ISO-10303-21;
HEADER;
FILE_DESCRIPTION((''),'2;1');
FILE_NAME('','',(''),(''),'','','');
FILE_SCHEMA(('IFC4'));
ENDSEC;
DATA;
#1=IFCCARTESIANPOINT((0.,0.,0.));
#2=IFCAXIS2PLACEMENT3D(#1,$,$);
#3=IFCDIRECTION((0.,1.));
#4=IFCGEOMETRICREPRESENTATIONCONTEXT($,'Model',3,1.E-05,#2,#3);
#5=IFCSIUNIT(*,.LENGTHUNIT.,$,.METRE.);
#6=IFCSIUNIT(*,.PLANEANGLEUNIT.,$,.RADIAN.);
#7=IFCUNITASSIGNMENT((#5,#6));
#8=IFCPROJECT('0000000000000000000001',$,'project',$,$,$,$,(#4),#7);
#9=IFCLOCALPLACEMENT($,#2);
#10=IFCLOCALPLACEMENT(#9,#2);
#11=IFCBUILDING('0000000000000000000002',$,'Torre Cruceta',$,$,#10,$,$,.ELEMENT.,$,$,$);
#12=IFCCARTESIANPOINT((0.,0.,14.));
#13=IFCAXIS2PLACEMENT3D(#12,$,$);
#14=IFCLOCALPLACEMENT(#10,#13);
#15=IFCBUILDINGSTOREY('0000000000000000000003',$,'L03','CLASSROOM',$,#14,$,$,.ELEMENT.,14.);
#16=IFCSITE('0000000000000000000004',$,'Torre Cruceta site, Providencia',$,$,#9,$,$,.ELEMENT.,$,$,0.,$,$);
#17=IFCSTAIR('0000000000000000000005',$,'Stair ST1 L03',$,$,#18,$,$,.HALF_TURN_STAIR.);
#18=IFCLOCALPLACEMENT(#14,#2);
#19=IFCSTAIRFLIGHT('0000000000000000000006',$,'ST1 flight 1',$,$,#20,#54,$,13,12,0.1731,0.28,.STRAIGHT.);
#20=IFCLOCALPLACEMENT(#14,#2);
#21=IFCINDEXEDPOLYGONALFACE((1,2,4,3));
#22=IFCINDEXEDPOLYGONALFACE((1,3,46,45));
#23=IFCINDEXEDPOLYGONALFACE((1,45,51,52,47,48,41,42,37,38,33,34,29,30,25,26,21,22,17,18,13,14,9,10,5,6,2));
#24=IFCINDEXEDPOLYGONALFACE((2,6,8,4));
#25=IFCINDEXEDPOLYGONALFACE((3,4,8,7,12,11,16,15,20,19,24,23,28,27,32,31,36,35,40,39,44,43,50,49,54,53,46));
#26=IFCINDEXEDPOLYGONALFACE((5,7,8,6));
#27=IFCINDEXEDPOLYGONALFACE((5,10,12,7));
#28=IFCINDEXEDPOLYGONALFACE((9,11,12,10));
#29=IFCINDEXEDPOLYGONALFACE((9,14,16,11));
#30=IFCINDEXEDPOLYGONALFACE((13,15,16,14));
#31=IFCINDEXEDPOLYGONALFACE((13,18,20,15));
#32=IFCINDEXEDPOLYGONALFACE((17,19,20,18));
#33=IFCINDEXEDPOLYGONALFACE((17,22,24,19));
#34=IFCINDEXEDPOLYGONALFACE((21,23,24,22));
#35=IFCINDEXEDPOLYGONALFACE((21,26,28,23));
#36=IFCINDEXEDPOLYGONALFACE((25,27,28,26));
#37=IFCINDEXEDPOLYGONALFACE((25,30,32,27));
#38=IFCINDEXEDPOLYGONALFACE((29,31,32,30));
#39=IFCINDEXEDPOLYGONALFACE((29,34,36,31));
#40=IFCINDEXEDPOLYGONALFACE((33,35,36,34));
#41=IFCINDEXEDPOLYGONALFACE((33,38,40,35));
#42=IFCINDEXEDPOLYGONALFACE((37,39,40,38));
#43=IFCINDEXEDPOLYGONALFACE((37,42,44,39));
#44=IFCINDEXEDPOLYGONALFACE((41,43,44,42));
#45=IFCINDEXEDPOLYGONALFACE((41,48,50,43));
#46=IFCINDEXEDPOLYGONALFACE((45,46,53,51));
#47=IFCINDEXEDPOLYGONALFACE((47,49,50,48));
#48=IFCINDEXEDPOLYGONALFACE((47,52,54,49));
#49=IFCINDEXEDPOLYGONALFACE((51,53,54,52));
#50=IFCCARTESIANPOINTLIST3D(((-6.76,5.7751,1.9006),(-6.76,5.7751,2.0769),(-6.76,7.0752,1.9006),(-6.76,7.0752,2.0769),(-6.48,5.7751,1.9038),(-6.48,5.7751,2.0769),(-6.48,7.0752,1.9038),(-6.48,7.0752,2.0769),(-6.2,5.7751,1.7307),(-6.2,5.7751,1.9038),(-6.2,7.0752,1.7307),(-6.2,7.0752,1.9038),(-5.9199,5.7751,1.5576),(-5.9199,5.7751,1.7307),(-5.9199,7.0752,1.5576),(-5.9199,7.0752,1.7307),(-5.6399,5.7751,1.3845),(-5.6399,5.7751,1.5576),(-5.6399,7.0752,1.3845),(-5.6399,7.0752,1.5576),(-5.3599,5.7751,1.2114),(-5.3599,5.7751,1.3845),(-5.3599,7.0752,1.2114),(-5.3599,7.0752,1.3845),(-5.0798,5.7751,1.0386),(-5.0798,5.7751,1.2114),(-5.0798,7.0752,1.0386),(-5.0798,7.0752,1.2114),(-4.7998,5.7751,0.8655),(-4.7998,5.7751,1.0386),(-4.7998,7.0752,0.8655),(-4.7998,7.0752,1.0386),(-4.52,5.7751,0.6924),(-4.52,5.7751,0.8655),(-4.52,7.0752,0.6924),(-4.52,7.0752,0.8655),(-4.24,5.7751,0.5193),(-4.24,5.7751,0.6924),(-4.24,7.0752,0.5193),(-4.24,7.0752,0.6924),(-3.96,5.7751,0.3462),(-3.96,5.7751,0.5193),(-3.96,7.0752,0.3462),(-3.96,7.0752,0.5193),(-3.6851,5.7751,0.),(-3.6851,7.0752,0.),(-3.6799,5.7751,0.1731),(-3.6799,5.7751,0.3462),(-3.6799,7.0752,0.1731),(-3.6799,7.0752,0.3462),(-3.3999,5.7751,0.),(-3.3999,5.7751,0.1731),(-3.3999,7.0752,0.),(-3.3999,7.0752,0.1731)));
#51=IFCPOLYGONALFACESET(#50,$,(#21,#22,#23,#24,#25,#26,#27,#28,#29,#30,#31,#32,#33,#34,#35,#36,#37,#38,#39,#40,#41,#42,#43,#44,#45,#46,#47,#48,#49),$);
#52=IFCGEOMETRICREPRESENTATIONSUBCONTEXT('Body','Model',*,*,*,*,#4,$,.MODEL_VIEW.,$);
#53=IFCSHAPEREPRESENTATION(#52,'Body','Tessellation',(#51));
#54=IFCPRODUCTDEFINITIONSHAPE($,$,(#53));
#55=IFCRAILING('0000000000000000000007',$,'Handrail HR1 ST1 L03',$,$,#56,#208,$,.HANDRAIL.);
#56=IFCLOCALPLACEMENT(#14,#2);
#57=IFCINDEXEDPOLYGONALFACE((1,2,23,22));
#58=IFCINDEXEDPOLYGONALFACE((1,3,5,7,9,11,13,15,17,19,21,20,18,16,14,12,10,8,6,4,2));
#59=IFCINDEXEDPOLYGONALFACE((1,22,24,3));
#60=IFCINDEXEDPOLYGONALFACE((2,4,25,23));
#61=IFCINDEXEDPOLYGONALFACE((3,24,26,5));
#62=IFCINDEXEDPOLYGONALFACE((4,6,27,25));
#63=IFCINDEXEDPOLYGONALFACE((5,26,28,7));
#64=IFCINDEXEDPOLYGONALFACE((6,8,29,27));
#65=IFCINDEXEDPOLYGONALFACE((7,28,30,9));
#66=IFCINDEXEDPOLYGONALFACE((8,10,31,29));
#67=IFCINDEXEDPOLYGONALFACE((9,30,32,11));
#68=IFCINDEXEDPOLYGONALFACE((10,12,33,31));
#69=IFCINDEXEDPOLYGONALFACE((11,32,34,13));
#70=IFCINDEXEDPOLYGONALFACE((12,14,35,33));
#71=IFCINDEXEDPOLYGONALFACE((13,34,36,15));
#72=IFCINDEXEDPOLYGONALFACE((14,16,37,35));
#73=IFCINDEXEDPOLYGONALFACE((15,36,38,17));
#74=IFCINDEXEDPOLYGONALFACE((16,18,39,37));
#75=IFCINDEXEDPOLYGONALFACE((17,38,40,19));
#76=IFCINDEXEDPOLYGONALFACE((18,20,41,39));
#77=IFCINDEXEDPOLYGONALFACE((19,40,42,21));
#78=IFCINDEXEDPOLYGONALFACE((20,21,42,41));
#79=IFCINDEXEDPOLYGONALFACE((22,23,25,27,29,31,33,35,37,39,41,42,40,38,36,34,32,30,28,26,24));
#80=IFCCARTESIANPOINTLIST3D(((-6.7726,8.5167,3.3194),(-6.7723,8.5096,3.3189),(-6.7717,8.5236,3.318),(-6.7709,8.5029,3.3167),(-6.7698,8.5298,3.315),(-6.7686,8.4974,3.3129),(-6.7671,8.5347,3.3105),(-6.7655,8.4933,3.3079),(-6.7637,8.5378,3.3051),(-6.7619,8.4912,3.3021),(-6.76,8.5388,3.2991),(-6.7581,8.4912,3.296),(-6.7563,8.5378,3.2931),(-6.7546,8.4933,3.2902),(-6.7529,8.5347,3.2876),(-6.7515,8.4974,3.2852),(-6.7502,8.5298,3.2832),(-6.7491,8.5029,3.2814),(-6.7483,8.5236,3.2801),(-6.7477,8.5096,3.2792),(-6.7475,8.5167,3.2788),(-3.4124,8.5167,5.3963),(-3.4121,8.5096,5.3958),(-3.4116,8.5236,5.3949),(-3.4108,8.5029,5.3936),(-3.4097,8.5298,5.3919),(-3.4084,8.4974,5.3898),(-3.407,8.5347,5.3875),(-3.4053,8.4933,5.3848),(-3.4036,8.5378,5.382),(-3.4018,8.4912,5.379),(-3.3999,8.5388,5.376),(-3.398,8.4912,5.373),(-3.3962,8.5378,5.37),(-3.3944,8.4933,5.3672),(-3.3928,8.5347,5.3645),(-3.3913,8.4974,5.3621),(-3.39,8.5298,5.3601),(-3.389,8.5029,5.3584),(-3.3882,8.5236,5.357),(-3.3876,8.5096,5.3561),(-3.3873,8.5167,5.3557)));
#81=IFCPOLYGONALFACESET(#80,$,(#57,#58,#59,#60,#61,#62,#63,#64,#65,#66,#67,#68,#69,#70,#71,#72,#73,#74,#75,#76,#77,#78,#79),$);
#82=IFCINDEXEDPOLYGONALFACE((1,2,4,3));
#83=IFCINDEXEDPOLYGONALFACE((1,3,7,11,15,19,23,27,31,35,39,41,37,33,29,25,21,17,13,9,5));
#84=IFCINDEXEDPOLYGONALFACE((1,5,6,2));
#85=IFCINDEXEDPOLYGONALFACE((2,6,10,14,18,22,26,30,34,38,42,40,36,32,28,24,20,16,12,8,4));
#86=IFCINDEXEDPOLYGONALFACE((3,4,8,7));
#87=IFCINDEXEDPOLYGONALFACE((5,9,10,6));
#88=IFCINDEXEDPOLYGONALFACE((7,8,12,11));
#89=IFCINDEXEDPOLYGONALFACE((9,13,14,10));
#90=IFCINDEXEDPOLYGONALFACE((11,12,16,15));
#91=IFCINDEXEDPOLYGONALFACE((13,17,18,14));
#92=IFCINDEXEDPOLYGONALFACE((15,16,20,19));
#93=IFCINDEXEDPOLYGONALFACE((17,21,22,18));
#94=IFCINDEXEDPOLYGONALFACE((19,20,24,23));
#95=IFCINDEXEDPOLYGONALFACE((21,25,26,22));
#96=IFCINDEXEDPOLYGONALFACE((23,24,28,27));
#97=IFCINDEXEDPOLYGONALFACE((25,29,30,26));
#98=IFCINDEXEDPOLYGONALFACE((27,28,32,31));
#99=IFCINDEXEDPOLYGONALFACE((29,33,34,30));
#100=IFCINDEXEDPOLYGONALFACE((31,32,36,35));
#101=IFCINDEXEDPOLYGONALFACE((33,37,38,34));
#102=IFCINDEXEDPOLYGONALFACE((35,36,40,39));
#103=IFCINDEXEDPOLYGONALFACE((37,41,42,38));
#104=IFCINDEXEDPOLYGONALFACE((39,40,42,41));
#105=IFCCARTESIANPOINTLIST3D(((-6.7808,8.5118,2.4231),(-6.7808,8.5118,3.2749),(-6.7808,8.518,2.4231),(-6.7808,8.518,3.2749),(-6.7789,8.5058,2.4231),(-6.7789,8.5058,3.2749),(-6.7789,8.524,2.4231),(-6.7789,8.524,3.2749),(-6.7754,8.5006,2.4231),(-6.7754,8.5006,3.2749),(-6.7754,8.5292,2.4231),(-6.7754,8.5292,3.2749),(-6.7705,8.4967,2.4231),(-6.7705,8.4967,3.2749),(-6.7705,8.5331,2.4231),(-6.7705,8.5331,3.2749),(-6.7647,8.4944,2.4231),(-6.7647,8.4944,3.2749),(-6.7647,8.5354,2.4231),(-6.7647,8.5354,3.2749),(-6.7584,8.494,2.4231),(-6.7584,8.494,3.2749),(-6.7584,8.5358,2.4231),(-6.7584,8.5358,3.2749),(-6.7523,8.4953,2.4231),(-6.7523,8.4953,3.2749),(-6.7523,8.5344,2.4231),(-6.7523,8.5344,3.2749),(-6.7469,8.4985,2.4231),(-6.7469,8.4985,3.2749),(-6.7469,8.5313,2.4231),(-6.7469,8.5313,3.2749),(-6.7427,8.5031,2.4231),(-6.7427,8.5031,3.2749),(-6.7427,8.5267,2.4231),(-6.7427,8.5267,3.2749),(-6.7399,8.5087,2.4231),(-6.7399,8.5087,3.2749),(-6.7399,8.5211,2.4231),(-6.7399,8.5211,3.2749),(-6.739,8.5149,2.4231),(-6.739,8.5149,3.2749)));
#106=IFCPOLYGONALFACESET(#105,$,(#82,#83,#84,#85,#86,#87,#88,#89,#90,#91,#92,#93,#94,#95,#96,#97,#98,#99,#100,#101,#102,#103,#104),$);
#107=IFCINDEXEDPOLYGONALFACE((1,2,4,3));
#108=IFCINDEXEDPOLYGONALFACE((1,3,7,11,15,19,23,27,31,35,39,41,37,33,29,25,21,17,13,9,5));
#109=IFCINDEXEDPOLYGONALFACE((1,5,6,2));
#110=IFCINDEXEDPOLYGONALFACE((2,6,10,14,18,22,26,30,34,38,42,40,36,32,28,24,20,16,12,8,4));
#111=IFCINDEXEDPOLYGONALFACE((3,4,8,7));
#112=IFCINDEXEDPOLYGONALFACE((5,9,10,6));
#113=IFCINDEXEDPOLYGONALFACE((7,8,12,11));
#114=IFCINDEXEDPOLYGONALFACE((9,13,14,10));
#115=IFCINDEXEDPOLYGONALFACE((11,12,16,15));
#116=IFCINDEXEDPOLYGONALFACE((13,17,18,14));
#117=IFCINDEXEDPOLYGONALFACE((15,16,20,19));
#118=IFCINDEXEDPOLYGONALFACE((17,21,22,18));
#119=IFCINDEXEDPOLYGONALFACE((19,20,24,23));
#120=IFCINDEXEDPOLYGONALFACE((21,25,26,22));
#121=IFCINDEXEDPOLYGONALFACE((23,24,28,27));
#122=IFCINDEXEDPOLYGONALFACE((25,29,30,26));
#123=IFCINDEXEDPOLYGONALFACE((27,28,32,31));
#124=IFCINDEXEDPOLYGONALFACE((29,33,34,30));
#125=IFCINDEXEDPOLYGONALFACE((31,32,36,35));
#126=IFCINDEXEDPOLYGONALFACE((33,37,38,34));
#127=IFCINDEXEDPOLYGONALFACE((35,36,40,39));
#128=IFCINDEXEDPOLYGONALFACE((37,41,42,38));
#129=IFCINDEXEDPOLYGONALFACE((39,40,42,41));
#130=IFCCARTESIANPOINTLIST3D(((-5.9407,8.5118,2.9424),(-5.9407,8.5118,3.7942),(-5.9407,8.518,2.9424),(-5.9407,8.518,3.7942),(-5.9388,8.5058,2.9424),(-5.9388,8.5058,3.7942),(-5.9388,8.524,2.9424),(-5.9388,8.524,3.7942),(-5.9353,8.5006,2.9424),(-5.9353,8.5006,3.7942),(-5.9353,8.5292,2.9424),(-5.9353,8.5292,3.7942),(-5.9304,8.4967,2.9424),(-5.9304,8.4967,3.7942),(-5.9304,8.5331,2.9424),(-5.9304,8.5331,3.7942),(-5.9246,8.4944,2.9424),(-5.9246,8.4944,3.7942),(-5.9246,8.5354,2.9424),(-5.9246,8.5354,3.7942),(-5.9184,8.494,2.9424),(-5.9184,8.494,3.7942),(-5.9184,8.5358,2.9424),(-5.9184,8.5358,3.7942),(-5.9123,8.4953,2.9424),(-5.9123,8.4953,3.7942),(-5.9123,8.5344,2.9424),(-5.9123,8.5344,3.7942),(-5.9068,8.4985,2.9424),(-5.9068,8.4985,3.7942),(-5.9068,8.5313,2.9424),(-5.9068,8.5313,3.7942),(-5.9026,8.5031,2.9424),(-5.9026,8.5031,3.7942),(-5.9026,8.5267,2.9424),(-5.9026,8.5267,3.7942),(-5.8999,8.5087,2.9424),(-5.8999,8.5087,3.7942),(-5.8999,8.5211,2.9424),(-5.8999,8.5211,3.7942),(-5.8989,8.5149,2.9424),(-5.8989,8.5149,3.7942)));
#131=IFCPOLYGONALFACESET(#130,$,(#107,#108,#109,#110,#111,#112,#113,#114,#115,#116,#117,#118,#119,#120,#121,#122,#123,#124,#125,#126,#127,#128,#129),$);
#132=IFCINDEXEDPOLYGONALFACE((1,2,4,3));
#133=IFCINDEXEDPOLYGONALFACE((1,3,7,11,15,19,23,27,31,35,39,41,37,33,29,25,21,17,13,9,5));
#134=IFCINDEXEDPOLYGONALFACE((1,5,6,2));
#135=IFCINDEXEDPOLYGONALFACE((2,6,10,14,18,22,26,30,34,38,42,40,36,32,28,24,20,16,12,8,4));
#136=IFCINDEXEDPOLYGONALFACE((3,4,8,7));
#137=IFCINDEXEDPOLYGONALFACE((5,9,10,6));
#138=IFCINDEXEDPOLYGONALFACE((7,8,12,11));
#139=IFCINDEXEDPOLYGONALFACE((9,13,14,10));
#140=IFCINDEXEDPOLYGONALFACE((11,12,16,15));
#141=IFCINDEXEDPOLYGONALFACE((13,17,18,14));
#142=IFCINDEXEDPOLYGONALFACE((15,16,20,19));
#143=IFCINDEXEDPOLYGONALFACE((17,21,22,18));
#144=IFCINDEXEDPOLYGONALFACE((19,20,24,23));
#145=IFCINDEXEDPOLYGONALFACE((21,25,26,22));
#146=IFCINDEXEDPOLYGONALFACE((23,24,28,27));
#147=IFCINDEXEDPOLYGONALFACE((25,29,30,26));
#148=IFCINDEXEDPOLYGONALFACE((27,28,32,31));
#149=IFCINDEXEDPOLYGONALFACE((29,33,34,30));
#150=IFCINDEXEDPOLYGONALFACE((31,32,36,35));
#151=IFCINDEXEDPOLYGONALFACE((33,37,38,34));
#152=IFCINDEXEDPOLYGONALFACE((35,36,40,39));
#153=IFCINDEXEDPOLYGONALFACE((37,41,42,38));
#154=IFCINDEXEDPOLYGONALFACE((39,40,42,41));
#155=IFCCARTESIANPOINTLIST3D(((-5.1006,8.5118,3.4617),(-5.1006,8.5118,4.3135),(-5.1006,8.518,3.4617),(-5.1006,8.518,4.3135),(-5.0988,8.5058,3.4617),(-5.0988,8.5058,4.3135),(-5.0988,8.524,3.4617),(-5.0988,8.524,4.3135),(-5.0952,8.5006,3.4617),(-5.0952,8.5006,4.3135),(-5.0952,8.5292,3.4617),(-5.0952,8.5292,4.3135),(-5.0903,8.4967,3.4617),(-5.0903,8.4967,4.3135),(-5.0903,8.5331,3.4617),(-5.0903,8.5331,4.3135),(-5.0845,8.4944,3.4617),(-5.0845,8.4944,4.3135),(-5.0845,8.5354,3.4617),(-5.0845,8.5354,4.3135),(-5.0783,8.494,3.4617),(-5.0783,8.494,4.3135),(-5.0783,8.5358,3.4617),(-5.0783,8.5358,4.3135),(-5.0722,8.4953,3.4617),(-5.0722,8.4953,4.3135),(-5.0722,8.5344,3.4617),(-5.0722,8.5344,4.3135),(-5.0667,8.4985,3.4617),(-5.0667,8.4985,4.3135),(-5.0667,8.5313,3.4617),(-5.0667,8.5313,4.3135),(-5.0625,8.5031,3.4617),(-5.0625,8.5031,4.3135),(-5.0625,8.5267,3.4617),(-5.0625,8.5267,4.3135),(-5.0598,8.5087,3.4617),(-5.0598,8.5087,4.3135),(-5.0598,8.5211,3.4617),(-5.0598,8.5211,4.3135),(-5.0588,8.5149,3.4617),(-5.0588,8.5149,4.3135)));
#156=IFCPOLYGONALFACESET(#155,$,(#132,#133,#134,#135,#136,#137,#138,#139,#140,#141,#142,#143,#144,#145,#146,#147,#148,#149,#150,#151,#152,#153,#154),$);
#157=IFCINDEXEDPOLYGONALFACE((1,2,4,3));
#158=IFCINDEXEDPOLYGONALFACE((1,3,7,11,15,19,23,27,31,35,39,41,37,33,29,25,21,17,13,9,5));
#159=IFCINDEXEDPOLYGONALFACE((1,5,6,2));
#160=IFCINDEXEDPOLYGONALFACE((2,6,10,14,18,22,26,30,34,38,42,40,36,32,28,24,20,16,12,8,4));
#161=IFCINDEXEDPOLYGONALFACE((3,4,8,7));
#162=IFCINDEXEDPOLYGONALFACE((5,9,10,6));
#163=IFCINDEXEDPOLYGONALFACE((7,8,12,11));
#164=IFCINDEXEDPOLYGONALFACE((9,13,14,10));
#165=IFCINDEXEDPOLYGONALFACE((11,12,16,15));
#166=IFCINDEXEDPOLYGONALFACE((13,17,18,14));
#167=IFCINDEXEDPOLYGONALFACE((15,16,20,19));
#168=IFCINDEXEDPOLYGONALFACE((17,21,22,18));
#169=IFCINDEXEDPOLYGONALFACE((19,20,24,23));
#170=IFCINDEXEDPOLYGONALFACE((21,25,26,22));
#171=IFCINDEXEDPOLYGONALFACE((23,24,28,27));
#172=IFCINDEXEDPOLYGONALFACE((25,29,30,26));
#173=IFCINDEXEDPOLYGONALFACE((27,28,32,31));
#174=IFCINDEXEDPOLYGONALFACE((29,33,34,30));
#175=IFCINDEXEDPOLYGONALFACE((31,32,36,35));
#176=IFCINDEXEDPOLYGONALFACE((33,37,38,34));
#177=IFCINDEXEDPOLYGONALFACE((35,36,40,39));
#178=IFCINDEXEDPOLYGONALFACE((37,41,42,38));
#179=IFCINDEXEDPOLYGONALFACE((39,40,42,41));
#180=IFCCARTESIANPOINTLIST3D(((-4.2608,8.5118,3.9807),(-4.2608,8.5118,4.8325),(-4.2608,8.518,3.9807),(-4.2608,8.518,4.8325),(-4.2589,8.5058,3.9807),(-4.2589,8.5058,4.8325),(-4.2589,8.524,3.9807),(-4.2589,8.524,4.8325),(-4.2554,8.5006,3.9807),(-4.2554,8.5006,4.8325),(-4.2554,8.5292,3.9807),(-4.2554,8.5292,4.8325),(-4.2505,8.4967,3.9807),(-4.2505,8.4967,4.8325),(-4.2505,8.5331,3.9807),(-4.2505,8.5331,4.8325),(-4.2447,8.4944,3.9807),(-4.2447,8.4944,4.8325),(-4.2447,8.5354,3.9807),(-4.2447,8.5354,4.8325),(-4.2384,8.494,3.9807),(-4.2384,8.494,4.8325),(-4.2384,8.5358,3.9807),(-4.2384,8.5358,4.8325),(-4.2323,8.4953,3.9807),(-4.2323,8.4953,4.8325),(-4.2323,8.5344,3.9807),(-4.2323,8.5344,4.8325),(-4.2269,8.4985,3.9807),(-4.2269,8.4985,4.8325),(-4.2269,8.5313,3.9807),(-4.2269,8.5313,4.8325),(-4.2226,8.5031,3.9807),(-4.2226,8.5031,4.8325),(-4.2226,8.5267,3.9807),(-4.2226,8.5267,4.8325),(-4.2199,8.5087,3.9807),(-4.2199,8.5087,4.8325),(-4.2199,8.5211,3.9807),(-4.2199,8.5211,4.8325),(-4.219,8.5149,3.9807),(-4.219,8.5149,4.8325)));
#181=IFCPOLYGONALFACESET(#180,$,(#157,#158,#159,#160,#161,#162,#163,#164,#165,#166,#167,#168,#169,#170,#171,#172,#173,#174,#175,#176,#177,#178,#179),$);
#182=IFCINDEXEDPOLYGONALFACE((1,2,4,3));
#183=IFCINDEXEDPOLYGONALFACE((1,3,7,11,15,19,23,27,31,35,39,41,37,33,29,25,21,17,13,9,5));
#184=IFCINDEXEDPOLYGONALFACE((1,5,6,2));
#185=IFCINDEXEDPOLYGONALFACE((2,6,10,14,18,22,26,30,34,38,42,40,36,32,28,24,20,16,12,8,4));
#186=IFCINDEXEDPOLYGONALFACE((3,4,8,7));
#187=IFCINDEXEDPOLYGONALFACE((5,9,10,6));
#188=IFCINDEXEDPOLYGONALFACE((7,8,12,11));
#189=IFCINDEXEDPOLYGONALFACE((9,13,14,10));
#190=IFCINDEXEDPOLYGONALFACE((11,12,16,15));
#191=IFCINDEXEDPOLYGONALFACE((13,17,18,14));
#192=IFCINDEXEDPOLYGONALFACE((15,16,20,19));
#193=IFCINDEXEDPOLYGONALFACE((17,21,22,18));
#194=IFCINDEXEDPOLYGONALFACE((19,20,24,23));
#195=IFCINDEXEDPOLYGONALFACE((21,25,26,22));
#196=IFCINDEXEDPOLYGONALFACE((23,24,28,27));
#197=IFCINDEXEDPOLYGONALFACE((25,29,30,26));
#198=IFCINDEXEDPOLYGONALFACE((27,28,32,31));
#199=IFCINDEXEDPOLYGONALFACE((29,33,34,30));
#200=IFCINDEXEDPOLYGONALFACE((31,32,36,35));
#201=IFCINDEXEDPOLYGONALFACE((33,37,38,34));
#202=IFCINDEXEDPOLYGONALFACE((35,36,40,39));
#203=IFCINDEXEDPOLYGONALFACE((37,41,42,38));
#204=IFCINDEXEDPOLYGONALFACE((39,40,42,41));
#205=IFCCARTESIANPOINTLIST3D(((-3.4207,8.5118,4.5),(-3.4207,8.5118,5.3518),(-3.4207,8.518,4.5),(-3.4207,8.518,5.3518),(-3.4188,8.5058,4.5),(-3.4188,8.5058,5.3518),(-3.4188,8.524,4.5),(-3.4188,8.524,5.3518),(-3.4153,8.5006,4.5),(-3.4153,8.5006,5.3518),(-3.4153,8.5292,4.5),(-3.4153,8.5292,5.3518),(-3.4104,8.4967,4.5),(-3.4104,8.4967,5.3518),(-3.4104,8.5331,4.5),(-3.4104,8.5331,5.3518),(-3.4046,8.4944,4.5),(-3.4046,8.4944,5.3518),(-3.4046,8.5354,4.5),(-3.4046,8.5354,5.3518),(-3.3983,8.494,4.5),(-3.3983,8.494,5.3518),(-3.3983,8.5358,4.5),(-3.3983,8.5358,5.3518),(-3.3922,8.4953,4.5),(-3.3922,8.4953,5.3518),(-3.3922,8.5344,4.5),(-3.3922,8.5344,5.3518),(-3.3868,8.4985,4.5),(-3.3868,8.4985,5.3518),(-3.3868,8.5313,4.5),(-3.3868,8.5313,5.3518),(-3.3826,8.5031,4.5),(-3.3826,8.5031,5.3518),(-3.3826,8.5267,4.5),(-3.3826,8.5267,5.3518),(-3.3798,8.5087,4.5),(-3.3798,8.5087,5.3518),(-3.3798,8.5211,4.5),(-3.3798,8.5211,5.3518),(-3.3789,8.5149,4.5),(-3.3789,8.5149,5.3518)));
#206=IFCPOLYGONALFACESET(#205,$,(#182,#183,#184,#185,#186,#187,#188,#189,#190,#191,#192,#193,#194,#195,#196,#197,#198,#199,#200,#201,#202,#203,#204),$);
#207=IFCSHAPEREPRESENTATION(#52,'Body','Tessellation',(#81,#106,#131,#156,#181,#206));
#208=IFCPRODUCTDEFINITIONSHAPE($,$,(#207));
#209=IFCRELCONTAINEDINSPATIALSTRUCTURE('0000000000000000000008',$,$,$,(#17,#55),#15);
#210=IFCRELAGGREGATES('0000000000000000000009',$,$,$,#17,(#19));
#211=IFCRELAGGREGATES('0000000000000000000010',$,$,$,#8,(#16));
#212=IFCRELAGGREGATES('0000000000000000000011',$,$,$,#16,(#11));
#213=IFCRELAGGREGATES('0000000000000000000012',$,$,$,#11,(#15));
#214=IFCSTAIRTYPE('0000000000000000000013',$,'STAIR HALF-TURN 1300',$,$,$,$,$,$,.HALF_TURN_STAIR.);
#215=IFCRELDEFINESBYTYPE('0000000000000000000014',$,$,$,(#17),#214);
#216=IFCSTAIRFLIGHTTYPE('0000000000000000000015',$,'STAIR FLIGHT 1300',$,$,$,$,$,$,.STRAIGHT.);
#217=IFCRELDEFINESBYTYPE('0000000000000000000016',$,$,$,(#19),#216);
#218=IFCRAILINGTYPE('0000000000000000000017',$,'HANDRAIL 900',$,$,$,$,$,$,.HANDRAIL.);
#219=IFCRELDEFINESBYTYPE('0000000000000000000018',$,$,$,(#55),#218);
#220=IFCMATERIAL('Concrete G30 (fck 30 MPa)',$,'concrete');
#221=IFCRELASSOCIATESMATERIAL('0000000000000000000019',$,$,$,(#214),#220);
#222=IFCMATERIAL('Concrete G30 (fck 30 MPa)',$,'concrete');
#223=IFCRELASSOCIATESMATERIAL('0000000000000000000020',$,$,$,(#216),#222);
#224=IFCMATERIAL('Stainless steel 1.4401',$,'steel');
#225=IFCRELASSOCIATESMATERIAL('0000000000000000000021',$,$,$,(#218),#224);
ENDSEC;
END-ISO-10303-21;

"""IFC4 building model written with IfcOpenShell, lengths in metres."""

from ifc_helpers import new_model, si_unit, direction, frame, origin, origin_2d, place, context, subcontext, project, spatial, polyline, circle, outline, extrude, material, type_object, element, aggregate, save


model = new_model("IFC4")

# Units and contexts
model_context = context("Model", 3, precision=1e-05, world=origin(), true_north=direction((0.0, 1.0)))
body_context = subcontext(model_context, "Body", "Model", "MODEL_VIEW")
ifc_project = project(units=[si_unit("LENGTHUNIT", "METRE"), si_unit("PLANEANGLEUNIT", "RADIAN")], contexts=[model_context])

# Site, building, storey
site_placement = place(None, origin())
site = spatial("IfcSite", under=ifc_project, at=site_placement, Name="Torre Cruceta site, Providencia", CompositionType="ELEMENT", RefElevation=0.0)
building_placement = place(site_placement, origin())
building = spatial("IfcBuilding", under=site, at=building_placement, Name="Torre Cruceta", CompositionType="ELEMENT")
storey_placement = place(building_placement, frame((0.0, 0.0, 14.0)))
storey = spatial("IfcBuildingStorey", under=building, at=storey_placement, Name="L03", Description="CLASSROOM", CompositionType="ELEMENT", Elevation=14.0)

# Stair, stair flight
ifc_material_1 = material(Name="Concrete G30 (fck 30 MPa)", Category="concrete")
stair_type = type_object("IfcStairType", Name="STAIR HALF-TURN 1300", PredefinedType="HALF_TURN_STAIR", material=ifc_material_1)
stair_placement = place(storey_placement, origin())
stair = element("IfcStair", 1, at=stair_placement, inside=storey, type_object=stair_type, Name="Stair ST1 L03", PredefinedType="HALF_TURN_STAIR")
ifc_material_2 = material(Name="Concrete G30 (fck 30 MPa)", Category="concrete")
stair_flight_type = type_object("IfcStairFlightType", Name="STAIR FLIGHT 1300", PredefinedType="STRAIGHT", material=ifc_material_2)
stair_flight_placement = place(storey_placement, frame((-3.3999, 6.425, 0.0), z_axis=(0.0, 0.0, 1.0), x_axis=(-1.0, 0.0, 0.0)))
stair_flight = element("IfcStairFlight", 2, at=stair_flight_placement, type_object=stair_flight_type, Name="ST1 flight 1", NumberOfRisers=13, NumberOfTreads=12, PredefinedType="STRAIGHT", RiserHeight=0.1731, TreadLength=0.28, context=body_context, shape_type="SweptSolid", body=[
    extrude(outline(polyline([(0.0, 0.0), (0.0, 0.1731), (0.28, 0.1731), (0.28, 0.3462), (0.5601, 0.3462), (0.5601, 0.5193), (0.8401, 0.5193), (0.8401, 0.6924), (1.1201, 0.6924), (1.1201, 0.8655), (1.3999, 0.8655), (1.3999, 1.0386), (1.6799, 1.0386), (1.6799, 1.2114), (1.96, 1.2114), (1.96, 1.3845), (2.24, 1.3845), (2.24, 1.5576), (2.52, 1.5576), (2.52, 1.7307), (2.8, 1.7307), (2.8, 1.9038), (3.0801, 1.9038), (3.0801, 2.0769), (3.3601, 2.0769), (3.3601, 2.25), (3.3601, 1.9006), (0.2852, 0.0), (0.0, 0.0)])), frame((0.0, 0.6499, 0.0), z_axis=(0.0, -1.0, 0.0), x_axis=(1.0, 0.0, 0.0)), (0.0, 0.0, 1.0), 1.3),
])
aggregate(stair, [stair_flight])

# Railing
ifc_material_3 = material(Name="Stainless steel 1.4401", Category="steel")
railing_type = type_object("IfcRailingType", Name="HANDRAIL 900", PredefinedType="HANDRAIL", material=ifc_material_3)
railing_1_placement = place(storey_placement, frame((-6.76, 8.5149, 2.4231)))
element("IfcRailing", 3, at=railing_1_placement, inside=storey, type_object=railing_type, Name="Handrail HR1 ST1 L03", PredefinedType="HANDRAIL", context=body_context, shape_type="SweptSolid", body=[
    extrude(circle(Radius=0.0239, at=origin_2d()), frame((0.0, 0.0, 0.876), z_axis=(0.850623, 0.0, 0.525776), x_axis=(0.0, 1.0, 0.0)), (0.0, 0.0, 1.0), 3.9502),
    extrude(circle(Radius=0.021, at=origin_2d()), origin(), (0.0, 0.0, 1.0), 0.8518),
    extrude(circle(Radius=0.021, at=origin_2d()), frame((0.8401, 0.0, 0.5193)), (0.0, 0.0, 1.0), 0.8518),
    extrude(circle(Radius=0.021, at=origin_2d()), frame((1.6802, 0.0, 1.0386)), (0.0, 0.0, 1.0), 0.8518),
    extrude(circle(Radius=0.021, at=origin_2d()), frame((2.52, 0.0, 1.5576)), (0.0, 0.0, 1.0), 0.8518),
    extrude(circle(Radius=0.021, at=origin_2d()), frame((3.3601, 0.0, 2.0769)), (0.0, 0.0, 1.0), 0.8518),
])

save(model, "model.ifc")
